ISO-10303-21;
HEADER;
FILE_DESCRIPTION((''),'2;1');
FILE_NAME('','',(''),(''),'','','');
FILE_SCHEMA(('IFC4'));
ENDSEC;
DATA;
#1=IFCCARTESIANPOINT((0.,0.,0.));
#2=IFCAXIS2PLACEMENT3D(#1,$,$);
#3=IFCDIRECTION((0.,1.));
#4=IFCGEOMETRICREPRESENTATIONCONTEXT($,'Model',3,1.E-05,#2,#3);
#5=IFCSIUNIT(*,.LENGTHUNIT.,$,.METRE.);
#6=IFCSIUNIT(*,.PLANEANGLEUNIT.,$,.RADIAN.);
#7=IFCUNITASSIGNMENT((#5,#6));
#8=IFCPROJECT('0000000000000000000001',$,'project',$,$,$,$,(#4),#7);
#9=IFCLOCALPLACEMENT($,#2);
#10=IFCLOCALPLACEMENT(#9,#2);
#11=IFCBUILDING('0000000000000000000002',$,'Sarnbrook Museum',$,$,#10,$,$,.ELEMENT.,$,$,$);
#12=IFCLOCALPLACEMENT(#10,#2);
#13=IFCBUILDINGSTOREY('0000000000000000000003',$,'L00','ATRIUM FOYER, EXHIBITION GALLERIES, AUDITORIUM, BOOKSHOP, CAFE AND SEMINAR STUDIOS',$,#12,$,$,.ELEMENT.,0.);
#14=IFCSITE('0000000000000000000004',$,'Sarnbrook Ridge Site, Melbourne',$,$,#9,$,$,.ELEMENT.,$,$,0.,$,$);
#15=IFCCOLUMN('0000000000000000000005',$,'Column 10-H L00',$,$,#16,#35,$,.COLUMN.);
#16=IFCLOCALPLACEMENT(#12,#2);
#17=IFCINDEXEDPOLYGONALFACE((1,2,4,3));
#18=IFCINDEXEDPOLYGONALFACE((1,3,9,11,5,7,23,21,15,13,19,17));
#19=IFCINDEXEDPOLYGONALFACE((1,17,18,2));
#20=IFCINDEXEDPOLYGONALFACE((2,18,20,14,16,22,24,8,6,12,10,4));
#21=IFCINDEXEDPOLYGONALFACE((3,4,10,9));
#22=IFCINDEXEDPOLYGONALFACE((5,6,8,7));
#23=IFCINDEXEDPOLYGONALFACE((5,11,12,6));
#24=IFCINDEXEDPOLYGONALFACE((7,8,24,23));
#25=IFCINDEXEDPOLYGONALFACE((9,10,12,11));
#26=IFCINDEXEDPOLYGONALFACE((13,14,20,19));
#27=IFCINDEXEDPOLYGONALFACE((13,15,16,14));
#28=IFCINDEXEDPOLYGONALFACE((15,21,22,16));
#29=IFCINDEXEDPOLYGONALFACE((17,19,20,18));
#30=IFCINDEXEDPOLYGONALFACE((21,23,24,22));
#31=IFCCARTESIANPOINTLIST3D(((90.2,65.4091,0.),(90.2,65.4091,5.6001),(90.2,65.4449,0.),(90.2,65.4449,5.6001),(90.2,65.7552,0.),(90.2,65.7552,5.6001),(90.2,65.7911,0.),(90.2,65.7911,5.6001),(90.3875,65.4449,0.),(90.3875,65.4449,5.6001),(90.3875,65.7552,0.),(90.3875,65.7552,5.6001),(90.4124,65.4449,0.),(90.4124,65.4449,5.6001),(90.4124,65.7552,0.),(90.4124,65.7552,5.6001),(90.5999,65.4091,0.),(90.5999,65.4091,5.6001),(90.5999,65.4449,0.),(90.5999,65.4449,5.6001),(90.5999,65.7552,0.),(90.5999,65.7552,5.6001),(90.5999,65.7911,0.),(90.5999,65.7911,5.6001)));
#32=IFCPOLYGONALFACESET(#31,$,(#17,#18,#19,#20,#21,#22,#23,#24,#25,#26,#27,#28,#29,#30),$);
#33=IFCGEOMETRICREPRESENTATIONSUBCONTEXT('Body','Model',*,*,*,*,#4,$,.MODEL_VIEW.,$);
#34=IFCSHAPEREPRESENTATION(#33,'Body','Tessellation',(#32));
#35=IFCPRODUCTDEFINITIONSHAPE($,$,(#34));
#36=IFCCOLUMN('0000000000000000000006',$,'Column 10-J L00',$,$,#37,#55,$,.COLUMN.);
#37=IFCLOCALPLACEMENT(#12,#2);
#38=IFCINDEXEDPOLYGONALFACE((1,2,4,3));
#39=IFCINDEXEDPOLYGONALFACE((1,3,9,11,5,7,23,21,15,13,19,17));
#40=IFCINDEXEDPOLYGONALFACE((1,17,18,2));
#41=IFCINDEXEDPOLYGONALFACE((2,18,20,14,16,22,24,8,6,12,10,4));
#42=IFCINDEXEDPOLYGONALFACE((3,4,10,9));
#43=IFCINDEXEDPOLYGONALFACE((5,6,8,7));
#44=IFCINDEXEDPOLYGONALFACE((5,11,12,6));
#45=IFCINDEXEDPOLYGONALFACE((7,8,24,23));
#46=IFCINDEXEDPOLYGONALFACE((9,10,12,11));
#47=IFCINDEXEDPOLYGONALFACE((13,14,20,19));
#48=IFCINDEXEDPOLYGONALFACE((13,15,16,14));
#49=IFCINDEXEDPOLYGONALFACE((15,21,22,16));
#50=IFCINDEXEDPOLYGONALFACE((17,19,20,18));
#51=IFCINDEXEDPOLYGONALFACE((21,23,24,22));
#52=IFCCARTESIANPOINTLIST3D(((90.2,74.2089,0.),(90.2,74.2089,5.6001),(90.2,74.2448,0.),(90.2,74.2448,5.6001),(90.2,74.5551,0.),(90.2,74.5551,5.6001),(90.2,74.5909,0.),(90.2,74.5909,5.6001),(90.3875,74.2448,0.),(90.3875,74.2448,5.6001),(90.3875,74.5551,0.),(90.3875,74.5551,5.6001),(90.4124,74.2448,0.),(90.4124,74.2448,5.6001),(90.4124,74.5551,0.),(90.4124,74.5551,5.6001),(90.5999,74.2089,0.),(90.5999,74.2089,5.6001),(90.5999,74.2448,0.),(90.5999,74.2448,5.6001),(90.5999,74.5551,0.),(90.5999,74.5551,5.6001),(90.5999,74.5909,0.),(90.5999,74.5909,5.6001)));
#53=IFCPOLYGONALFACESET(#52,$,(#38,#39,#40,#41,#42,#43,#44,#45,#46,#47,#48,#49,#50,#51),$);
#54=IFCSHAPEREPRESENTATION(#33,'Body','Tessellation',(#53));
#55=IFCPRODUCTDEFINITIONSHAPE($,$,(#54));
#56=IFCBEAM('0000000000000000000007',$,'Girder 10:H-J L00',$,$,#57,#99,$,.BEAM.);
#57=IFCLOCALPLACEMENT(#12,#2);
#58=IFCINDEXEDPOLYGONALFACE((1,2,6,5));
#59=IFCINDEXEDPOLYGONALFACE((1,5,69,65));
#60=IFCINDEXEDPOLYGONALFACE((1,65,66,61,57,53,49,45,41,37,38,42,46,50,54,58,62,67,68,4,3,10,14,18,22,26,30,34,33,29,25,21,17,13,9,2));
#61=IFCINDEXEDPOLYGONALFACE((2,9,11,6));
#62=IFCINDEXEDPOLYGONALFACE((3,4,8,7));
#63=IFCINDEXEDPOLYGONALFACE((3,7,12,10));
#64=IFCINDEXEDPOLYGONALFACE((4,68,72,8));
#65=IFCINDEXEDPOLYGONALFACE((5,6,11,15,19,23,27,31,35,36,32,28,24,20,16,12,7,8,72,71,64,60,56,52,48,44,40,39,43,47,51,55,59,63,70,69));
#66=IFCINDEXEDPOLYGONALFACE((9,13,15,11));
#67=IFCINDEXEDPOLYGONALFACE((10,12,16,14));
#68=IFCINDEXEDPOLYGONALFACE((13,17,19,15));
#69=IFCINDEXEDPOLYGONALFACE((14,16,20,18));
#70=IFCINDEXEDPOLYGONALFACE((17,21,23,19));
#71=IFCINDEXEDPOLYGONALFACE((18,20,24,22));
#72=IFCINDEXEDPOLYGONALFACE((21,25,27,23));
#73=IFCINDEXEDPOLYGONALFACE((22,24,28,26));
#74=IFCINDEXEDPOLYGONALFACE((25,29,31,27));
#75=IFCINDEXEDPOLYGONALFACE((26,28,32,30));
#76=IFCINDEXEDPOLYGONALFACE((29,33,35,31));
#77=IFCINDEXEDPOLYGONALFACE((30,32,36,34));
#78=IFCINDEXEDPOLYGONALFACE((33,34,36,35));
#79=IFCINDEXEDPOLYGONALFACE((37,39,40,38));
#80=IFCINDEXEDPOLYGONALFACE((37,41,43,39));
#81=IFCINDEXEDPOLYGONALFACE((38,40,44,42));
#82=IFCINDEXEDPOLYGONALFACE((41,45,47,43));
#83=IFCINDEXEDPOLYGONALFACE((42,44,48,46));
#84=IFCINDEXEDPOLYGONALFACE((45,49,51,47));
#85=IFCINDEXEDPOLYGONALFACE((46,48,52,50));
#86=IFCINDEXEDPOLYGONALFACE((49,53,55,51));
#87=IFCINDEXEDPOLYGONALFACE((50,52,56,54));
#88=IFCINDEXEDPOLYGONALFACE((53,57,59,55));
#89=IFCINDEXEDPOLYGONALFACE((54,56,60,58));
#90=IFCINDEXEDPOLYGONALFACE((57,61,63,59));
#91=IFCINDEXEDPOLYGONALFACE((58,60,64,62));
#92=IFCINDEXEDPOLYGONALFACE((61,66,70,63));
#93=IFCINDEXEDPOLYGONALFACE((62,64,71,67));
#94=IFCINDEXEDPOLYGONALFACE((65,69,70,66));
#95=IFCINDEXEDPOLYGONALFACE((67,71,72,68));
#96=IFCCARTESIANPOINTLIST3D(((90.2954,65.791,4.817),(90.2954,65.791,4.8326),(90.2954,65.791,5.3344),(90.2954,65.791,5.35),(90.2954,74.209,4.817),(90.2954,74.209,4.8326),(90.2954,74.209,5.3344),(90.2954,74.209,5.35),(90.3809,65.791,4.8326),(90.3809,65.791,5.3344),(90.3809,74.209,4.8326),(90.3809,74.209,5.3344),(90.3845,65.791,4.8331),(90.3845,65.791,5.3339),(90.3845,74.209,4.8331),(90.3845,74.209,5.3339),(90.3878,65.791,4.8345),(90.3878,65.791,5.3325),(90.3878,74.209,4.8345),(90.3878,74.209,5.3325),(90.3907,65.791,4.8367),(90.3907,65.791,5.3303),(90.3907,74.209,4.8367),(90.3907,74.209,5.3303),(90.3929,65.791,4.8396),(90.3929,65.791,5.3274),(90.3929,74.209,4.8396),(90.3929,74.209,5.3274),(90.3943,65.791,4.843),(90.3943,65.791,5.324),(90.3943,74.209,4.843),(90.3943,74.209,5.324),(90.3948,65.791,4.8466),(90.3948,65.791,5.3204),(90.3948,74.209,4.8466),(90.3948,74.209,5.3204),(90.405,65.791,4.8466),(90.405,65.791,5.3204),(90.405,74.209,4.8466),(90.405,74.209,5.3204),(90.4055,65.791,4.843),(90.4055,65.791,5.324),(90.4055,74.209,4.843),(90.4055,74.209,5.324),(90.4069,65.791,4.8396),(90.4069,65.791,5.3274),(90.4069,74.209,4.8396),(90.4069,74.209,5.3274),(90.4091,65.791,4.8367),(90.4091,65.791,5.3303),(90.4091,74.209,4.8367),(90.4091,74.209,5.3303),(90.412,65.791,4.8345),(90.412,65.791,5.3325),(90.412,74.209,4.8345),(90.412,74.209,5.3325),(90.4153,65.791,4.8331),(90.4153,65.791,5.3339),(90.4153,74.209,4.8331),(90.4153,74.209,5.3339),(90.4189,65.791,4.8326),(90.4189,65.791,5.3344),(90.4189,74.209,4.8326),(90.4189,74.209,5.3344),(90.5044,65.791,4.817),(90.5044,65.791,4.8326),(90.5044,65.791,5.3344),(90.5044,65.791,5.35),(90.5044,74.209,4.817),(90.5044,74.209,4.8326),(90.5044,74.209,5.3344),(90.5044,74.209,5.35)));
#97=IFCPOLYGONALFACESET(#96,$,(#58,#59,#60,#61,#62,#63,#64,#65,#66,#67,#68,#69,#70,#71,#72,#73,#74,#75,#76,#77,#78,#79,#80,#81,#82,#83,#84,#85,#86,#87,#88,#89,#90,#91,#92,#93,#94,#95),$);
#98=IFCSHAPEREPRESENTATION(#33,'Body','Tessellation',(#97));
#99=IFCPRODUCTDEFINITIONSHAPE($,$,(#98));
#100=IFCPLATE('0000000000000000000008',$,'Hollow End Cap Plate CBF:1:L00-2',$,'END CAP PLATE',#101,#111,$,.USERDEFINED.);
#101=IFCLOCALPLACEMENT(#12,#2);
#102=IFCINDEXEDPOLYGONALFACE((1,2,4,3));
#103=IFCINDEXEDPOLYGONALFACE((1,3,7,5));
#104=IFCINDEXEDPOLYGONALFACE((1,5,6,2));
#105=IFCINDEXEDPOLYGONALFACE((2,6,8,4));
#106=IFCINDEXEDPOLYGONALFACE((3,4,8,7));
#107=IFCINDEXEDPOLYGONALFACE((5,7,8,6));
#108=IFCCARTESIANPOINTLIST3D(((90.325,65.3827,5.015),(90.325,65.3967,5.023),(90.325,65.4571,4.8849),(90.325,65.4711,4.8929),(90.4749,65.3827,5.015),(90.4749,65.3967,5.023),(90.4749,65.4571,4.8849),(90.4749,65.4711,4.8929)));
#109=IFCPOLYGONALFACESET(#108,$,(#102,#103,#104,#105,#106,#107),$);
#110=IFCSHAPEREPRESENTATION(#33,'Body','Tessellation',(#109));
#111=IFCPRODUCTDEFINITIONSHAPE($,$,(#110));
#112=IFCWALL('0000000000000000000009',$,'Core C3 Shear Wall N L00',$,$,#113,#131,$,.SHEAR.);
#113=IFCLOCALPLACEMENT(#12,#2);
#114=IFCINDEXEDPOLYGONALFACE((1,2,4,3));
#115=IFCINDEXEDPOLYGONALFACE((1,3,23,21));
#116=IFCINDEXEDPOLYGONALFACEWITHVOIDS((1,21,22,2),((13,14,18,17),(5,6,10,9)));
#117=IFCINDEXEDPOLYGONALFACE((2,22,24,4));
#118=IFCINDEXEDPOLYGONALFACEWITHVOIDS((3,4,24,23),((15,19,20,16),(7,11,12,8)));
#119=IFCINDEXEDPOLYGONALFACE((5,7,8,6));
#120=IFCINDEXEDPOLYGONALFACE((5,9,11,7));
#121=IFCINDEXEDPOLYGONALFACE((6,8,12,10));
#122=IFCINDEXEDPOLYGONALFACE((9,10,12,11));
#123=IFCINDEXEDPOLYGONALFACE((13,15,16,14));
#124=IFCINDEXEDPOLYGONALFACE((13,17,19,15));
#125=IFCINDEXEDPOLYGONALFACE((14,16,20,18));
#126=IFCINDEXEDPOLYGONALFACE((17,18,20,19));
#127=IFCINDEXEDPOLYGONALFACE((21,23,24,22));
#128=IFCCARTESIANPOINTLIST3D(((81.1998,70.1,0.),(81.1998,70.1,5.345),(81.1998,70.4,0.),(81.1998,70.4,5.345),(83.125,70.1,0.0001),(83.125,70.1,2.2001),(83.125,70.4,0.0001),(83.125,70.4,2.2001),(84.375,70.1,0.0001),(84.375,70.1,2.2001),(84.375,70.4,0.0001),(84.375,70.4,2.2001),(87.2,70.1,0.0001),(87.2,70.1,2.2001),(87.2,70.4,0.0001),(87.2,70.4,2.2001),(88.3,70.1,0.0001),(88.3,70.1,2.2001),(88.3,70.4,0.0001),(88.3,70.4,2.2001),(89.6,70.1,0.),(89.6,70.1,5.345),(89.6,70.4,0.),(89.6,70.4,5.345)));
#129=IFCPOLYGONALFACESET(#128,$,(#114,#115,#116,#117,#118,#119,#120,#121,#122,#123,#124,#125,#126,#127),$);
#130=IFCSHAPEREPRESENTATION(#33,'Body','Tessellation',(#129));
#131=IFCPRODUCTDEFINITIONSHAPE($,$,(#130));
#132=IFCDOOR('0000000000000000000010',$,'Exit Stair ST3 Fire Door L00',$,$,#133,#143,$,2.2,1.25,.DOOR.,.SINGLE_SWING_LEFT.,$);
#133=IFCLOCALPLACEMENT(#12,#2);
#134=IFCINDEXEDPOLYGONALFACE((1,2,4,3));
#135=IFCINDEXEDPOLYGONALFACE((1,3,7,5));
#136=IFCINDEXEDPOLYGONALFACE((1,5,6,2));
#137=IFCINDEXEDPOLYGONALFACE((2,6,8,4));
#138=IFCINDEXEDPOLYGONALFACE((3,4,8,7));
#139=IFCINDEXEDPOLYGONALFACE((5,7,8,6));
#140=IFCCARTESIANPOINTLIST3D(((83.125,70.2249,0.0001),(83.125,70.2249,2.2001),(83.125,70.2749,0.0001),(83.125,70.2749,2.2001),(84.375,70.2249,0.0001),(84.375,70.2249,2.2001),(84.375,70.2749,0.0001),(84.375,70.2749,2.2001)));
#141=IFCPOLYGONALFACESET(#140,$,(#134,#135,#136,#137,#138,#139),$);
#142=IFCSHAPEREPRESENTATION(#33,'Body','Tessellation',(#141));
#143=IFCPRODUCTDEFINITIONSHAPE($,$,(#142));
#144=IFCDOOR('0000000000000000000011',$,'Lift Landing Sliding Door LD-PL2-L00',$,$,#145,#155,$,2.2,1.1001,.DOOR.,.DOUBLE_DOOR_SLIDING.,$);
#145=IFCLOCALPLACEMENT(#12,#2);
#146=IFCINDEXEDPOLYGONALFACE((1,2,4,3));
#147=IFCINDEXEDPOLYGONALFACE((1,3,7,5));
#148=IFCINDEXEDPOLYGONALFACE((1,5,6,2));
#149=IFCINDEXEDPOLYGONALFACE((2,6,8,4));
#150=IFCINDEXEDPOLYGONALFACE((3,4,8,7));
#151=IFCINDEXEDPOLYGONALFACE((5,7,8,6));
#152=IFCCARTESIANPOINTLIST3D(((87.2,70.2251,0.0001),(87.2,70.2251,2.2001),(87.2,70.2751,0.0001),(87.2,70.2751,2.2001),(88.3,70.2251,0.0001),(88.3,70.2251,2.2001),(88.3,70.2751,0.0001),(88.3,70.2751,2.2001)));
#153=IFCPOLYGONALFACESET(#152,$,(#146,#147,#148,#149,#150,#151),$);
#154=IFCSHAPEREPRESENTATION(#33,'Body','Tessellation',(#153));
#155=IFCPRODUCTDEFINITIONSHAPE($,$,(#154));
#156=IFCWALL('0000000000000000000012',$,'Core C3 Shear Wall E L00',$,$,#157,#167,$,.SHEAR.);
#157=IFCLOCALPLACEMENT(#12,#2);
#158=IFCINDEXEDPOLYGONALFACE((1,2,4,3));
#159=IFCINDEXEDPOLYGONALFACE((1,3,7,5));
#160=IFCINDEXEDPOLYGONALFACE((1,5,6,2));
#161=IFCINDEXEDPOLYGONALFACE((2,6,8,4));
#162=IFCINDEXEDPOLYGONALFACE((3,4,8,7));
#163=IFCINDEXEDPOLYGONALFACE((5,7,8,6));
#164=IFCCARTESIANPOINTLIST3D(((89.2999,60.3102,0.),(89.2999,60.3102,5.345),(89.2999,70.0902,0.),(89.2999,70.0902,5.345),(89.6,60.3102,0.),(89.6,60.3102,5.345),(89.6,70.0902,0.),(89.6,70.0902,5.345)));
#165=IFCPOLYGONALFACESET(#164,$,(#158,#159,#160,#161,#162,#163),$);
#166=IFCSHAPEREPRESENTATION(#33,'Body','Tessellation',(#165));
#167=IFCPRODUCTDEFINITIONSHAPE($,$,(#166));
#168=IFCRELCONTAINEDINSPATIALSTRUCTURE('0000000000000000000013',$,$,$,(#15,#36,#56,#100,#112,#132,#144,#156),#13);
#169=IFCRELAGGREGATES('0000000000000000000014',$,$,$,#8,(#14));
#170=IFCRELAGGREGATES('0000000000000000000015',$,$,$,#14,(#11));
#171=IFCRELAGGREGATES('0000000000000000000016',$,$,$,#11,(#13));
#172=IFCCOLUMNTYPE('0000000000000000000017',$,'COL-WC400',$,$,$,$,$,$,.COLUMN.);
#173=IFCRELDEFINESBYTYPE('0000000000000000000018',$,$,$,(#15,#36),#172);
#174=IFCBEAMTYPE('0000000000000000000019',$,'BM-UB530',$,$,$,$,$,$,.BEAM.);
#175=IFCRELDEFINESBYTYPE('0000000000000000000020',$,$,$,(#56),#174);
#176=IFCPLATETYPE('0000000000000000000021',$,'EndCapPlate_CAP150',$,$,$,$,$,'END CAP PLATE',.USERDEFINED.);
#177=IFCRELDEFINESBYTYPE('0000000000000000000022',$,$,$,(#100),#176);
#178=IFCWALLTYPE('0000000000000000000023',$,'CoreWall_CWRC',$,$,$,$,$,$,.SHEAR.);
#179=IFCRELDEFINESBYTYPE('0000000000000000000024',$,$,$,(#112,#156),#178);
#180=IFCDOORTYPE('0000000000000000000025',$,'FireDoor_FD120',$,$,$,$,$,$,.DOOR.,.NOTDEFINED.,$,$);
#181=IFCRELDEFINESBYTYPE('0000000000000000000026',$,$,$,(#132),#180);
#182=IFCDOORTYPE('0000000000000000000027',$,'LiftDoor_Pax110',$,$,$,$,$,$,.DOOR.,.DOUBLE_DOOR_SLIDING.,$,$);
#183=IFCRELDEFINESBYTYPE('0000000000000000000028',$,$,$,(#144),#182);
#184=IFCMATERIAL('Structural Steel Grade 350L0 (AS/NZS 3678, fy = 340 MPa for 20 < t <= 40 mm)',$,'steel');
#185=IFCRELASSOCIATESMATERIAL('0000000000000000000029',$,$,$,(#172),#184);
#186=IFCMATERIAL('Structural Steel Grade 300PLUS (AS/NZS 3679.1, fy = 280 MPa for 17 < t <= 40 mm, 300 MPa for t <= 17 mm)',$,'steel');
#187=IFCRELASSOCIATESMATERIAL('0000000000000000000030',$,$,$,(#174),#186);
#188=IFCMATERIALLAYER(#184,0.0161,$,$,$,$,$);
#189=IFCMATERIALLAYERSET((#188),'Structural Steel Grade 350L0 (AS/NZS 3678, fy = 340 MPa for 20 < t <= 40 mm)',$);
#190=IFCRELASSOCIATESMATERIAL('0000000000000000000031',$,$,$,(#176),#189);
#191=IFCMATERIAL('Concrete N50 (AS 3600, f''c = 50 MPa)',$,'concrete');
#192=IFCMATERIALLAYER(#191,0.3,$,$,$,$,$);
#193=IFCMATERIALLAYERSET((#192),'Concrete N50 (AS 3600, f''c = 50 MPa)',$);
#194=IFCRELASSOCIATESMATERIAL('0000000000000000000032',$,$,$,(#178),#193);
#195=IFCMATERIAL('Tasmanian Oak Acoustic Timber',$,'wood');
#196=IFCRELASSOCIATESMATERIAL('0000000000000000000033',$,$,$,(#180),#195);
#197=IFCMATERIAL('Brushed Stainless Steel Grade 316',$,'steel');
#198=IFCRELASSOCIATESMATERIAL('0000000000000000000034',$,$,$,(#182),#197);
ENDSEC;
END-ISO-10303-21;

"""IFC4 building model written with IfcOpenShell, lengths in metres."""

from ifc_helpers import new_model, si_unit, direction, frame, frame_2d, origin, origin_2d, place, context, subcontext, project, spatial, rectangle, i_section, extrude, material, layer, layer_set, material_profile, profile_set, type_object, element, fill, save


model = new_model("IFC4")

# Units and contexts
model_context = context("Model", 3, precision=1e-05, world=origin(), true_north=direction((0.0, 1.0)))
body_context = subcontext(model_context, "Body", "Model", "MODEL_VIEW")
ifc_project = project(units=[si_unit("LENGTHUNIT", "METRE"), si_unit("PLANEANGLEUNIT", "RADIAN")], contexts=[model_context])

# Site, building, storey
site_placement = place(None, origin())
site = spatial("IfcSite", under=ifc_project, at=site_placement, Name="Sarnbrook Ridge Site, Melbourne", CompositionType="ELEMENT", RefElevation=0.0)
building_placement = place(site_placement, origin())
building = spatial("IfcBuilding", under=site, at=building_placement, Name="Sarnbrook Museum", CompositionType="ELEMENT")
storey_placement = place(building_placement, origin())
storey = spatial("IfcBuildingStorey", under=building, at=storey_placement, Name="L00", Description="ATRIUM FOYER, EXHIBITION GALLERIES, AUDITORIUM, BOOKSHOP, CAFE AND SEMINAR STUDIOS", CompositionType="ELEMENT", Elevation=0.0)

# Columns
ifc_material_1 = material(Name="Structural Steel Grade 350L0 (AS/NZS 3678, fy = 340 MPa for 20 < t <= 40 mm)", Category="steel")
ifc_material_profile_1 = material_profile(ifc_material_1, i_section(OverallWidth=0.3999, OverallDepth=0.3821, WebThickness=0.0249, FlangeThickness=0.0359, at=origin_2d()), Name="400WC270")
ifc_profile_set_1 = profile_set([ifc_material_profile_1], Name="Structural Steel Grade 350L0 (AS/NZS 3678, fy = 340 MPa for 20 < t <= 40 mm)")
column_type = type_object("IfcColumnType", Name="COL-WC400", PredefinedType="COLUMN", material=ifc_profile_set_1)
for number, where, z_axis, x_axis, name in (
    (1, (90.3999, 65.6001, 0.0), (0.0, 0.0, 1.0), (1.0, 0.0, 0.0), "Column 10-H L00"),
    (2, (90.3999, 74.3999, 0.0), (0.0, 0.0, 1.0), (1.0, 0.0, 0.0), "Column 10-J L00"),
):
    element("IfcColumn", number, at=place(storey_placement, frame(where, z_axis=z_axis, x_axis=x_axis)), inside=storey, type_object=column_type, Name=name, PredefinedType="COLUMN", context=body_context, shape_type="SweptSolid", body=[
        extrude(i_section(OverallWidth=0.3999, OverallDepth=0.3821, WebThickness=0.0249, FlangeThickness=0.0359, at=origin_2d()), origin(), (0.0, 0.0, 1.0), 5.6001),
    ])

# Beam
ifc_material_2 = material(Name="Structural Steel Grade 300PLUS (AS/NZS 3679.1, fy = 280 MPa for 17 < t <= 40 mm, 300 MPa for t <= 17 mm)", Category="steel")
ifc_material_profile_2 = material_profile(ifc_material_2, i_section(OverallWidth=0.209, OverallDepth=0.533, WebThickness=0.0103, FlangeThickness=0.0156, FilletRadius=0.0139, at=origin_2d()), Name="530UB92.4")
ifc_profile_set_2 = profile_set([ifc_material_profile_2], Name="Structural Steel Grade 300PLUS (AS/NZS 3679.1, fy = 280 MPa for 17 < t <= 40 mm, 300 MPa for t <= 17 mm)")
beam_type = type_object("IfcBeamType", Name="BM-UB530", PredefinedType="BEAM", material=ifc_profile_set_2)
beam_placement = place(storey_placement, frame((90.3999, 65.791, 5.0835), z_axis=(0.0, 1.0, 0.0), x_axis=(-1.0, 0.0, 0.0)))
element("IfcBeam", 3, at=beam_placement, inside=storey, type_object=beam_type, Name="Girder 10:H-J L00", PredefinedType="BEAM", context=body_context, shape_type="SweptSolid", body=[
    extrude(i_section(OverallWidth=0.209, OverallDepth=0.533, WebThickness=0.0103, FlangeThickness=0.0156, FilletRadius=0.0139, at=origin_2d()), origin(), (0.0, 0.0, 1.0), 8.418),
])

# Plate
ifc_layer_1 = layer(ifc_material_1, 0.0161)
ifc_layer_set_1 = layer_set([ifc_layer_1], Name="Structural Steel Grade 350L0 (AS/NZS 3678, fy = 340 MPa for 20 < t <= 40 mm)")
plate_type = type_object("IfcPlateType", Name="EndCapPlate_CAP150", ElementType="END CAP PLATE", PredefinedType="USERDEFINED", material=ifc_layer_set_1)
plate_placement = place(storey_placement, frame((90.3999, 65.4199, 4.95), z_axis=(0.0, 0.867927, 0.496693), x_axis=(-1.0, 0.0, 0.0)))
element("IfcPlate", 4, at=plate_placement, inside=storey, type_object=plate_type, Name="Hollow End Cap Plate CBF:1:L00-2", ObjectType="END CAP PLATE", PredefinedType="USERDEFINED", context=body_context, shape_type="SweptSolid", body=[
    extrude(rectangle(XDim=0.1499, YDim=0.1499, at=origin_2d()), origin(), (0.0, 0.0, 1.0), 0.0161),
])

# Wall, openings, doors
ifc_material_3 = material(Name="Concrete N50 (AS 3600, f'c = 50 MPa)", Category="concrete")
ifc_layer_2 = layer(ifc_material_3, 0.3)
ifc_layer_set_2 = layer_set([ifc_layer_2], Name="Concrete N50 (AS 3600, f'c = 50 MPa)")
wall_type_1 = type_object("IfcWallType", Name="CoreWall_CWRC", PredefinedType="SHEAR", material=ifc_layer_set_2)
wall_1_placement = place(storey_placement, frame((89.6001, 70.25, 0.0), z_axis=(0.0, 0.0, 1.0), x_axis=(-1.0, 0.0, 0.0)))
wall_1 = element("IfcWall", 5, at=wall_1_placement, inside=storey, type_object=wall_type_1, Name="Core C3 Shear Wall N L00", PredefinedType="SHEAR", context=body_context, shape_type="SweptSolid", body=[
    extrude(rectangle(XDim=8.4001, YDim=0.3, at=frame_2d((4.2002, 0.0))), origin(), (0.0, 0.0, 1.0), 5.345),
])
opening_1_placement = place(wall_1_placement, frame((5.2251, 0.0, 0.0)))
opening_1 = element("IfcOpeningElement", 6, at=opening_1_placement, cuts=wall_1, PredefinedType="OPENING", context=body_context, shape_type="SweptSolid", body=[
    extrude(rectangle(XDim=1.25, YDim=2.2, at=frame_2d((0.625, 1.1001))), frame((0.0, 0.1602, 0.0), z_axis=(0.0, -1.0, 0.0), x_axis=(1.0, 0.0, 0.0)), (0.0, 0.0, 1.0), 0.3201),
])
opening_2_placement = place(wall_1_placement, frame((1.3, 0.0, 0.0)))
opening_2 = element("IfcOpeningElement", 7, at=opening_2_placement, cuts=wall_1, PredefinedType="OPENING", context=body_context, shape_type="SweptSolid", body=[
    extrude(rectangle(XDim=1.1001, YDim=2.2, at=frame_2d((0.55, 1.1001))), frame((0.0, 0.1602, 0.0), z_axis=(0.0, -1.0, 0.0), x_axis=(1.0, 0.0, 0.0)), (0.0, 0.0, 1.0), 0.3201),
])
ifc_material_4 = material(Name="Tasmanian Oak Acoustic Timber", Category="wood")
door_type_1 = type_object("IfcDoorType", Name="FireDoor_FD120", OperationType="NOTDEFINED", PredefinedType="DOOR", material=ifc_material_4)
door_1_placement = place(opening_1_placement, frame((1.25, 0.0, 0.0), z_axis=(0.0, 0.0, 1.0), x_axis=(-1.0, 0.0, 0.0)))
door_1 = element("IfcDoor", 8, at=door_1_placement, inside=storey, type_object=door_type_1, Name="Exit Stair ST3 Fire Door L00", OperationType="SINGLE_SWING_LEFT", OverallHeight=2.2, OverallWidth=1.25, PredefinedType="DOOR", context=body_context, shape_type="SweptSolid", body=[
    extrude(rectangle(XDim=1.25, YDim=2.2, at=frame_2d((0.625, 1.1001))), frame((0.0, 0.0249, 0.0), z_axis=(0.0, -1.0, 0.0), x_axis=(1.0, 0.0, 0.0)), (0.0, 0.0, 1.0), 0.05),
])
fill(opening_1, door_1)
ifc_material_5 = material(Name="Brushed Stainless Steel Grade 316", Category="steel")
door_type_2 = type_object("IfcDoorType", Name="LiftDoor_Pax110", OperationType="DOUBLE_DOOR_SLIDING", PredefinedType="DOOR", material=ifc_material_5)
door_2_placement = place(opening_2_placement, origin())
door_2 = element("IfcDoor", 9, at=door_2_placement, inside=storey, type_object=door_type_2, Name="Lift Landing Sliding Door LD-PL2-L00", OperationType="DOUBLE_DOOR_SLIDING", OverallHeight=2.2, OverallWidth=1.1001, PredefinedType="DOOR", context=body_context, shape_type="SweptSolid", body=[
    extrude(rectangle(XDim=1.1001, YDim=2.2, at=frame_2d((0.55, 1.1001))), frame((0.0, 0.0249, 0.0), z_axis=(0.0, -1.0, 0.0), x_axis=(1.0, 0.0, 0.0)), (0.0, 0.0, 1.0), 0.05),
])
fill(opening_2, door_2)

# Wall
wall_2_placement = place(storey_placement, frame((89.45, 60.3101, 0.0), z_axis=(0.0, 0.0, 1.0), x_axis=(0.0, 1.0, 0.0)))
element("IfcWall", 10, at=wall_2_placement, inside=storey, type_object=wall_type_1, Name="Core C3 Shear Wall E L00", PredefinedType="SHEAR", context=body_context, shape_type="SweptSolid", body=[
    extrude(rectangle(XDim=9.78, YDim=0.3, at=frame_2d((4.8901, 0.0))), origin(), (0.0, 0.0, 1.0), 5.345),
])

save(model, "model.ifc")
